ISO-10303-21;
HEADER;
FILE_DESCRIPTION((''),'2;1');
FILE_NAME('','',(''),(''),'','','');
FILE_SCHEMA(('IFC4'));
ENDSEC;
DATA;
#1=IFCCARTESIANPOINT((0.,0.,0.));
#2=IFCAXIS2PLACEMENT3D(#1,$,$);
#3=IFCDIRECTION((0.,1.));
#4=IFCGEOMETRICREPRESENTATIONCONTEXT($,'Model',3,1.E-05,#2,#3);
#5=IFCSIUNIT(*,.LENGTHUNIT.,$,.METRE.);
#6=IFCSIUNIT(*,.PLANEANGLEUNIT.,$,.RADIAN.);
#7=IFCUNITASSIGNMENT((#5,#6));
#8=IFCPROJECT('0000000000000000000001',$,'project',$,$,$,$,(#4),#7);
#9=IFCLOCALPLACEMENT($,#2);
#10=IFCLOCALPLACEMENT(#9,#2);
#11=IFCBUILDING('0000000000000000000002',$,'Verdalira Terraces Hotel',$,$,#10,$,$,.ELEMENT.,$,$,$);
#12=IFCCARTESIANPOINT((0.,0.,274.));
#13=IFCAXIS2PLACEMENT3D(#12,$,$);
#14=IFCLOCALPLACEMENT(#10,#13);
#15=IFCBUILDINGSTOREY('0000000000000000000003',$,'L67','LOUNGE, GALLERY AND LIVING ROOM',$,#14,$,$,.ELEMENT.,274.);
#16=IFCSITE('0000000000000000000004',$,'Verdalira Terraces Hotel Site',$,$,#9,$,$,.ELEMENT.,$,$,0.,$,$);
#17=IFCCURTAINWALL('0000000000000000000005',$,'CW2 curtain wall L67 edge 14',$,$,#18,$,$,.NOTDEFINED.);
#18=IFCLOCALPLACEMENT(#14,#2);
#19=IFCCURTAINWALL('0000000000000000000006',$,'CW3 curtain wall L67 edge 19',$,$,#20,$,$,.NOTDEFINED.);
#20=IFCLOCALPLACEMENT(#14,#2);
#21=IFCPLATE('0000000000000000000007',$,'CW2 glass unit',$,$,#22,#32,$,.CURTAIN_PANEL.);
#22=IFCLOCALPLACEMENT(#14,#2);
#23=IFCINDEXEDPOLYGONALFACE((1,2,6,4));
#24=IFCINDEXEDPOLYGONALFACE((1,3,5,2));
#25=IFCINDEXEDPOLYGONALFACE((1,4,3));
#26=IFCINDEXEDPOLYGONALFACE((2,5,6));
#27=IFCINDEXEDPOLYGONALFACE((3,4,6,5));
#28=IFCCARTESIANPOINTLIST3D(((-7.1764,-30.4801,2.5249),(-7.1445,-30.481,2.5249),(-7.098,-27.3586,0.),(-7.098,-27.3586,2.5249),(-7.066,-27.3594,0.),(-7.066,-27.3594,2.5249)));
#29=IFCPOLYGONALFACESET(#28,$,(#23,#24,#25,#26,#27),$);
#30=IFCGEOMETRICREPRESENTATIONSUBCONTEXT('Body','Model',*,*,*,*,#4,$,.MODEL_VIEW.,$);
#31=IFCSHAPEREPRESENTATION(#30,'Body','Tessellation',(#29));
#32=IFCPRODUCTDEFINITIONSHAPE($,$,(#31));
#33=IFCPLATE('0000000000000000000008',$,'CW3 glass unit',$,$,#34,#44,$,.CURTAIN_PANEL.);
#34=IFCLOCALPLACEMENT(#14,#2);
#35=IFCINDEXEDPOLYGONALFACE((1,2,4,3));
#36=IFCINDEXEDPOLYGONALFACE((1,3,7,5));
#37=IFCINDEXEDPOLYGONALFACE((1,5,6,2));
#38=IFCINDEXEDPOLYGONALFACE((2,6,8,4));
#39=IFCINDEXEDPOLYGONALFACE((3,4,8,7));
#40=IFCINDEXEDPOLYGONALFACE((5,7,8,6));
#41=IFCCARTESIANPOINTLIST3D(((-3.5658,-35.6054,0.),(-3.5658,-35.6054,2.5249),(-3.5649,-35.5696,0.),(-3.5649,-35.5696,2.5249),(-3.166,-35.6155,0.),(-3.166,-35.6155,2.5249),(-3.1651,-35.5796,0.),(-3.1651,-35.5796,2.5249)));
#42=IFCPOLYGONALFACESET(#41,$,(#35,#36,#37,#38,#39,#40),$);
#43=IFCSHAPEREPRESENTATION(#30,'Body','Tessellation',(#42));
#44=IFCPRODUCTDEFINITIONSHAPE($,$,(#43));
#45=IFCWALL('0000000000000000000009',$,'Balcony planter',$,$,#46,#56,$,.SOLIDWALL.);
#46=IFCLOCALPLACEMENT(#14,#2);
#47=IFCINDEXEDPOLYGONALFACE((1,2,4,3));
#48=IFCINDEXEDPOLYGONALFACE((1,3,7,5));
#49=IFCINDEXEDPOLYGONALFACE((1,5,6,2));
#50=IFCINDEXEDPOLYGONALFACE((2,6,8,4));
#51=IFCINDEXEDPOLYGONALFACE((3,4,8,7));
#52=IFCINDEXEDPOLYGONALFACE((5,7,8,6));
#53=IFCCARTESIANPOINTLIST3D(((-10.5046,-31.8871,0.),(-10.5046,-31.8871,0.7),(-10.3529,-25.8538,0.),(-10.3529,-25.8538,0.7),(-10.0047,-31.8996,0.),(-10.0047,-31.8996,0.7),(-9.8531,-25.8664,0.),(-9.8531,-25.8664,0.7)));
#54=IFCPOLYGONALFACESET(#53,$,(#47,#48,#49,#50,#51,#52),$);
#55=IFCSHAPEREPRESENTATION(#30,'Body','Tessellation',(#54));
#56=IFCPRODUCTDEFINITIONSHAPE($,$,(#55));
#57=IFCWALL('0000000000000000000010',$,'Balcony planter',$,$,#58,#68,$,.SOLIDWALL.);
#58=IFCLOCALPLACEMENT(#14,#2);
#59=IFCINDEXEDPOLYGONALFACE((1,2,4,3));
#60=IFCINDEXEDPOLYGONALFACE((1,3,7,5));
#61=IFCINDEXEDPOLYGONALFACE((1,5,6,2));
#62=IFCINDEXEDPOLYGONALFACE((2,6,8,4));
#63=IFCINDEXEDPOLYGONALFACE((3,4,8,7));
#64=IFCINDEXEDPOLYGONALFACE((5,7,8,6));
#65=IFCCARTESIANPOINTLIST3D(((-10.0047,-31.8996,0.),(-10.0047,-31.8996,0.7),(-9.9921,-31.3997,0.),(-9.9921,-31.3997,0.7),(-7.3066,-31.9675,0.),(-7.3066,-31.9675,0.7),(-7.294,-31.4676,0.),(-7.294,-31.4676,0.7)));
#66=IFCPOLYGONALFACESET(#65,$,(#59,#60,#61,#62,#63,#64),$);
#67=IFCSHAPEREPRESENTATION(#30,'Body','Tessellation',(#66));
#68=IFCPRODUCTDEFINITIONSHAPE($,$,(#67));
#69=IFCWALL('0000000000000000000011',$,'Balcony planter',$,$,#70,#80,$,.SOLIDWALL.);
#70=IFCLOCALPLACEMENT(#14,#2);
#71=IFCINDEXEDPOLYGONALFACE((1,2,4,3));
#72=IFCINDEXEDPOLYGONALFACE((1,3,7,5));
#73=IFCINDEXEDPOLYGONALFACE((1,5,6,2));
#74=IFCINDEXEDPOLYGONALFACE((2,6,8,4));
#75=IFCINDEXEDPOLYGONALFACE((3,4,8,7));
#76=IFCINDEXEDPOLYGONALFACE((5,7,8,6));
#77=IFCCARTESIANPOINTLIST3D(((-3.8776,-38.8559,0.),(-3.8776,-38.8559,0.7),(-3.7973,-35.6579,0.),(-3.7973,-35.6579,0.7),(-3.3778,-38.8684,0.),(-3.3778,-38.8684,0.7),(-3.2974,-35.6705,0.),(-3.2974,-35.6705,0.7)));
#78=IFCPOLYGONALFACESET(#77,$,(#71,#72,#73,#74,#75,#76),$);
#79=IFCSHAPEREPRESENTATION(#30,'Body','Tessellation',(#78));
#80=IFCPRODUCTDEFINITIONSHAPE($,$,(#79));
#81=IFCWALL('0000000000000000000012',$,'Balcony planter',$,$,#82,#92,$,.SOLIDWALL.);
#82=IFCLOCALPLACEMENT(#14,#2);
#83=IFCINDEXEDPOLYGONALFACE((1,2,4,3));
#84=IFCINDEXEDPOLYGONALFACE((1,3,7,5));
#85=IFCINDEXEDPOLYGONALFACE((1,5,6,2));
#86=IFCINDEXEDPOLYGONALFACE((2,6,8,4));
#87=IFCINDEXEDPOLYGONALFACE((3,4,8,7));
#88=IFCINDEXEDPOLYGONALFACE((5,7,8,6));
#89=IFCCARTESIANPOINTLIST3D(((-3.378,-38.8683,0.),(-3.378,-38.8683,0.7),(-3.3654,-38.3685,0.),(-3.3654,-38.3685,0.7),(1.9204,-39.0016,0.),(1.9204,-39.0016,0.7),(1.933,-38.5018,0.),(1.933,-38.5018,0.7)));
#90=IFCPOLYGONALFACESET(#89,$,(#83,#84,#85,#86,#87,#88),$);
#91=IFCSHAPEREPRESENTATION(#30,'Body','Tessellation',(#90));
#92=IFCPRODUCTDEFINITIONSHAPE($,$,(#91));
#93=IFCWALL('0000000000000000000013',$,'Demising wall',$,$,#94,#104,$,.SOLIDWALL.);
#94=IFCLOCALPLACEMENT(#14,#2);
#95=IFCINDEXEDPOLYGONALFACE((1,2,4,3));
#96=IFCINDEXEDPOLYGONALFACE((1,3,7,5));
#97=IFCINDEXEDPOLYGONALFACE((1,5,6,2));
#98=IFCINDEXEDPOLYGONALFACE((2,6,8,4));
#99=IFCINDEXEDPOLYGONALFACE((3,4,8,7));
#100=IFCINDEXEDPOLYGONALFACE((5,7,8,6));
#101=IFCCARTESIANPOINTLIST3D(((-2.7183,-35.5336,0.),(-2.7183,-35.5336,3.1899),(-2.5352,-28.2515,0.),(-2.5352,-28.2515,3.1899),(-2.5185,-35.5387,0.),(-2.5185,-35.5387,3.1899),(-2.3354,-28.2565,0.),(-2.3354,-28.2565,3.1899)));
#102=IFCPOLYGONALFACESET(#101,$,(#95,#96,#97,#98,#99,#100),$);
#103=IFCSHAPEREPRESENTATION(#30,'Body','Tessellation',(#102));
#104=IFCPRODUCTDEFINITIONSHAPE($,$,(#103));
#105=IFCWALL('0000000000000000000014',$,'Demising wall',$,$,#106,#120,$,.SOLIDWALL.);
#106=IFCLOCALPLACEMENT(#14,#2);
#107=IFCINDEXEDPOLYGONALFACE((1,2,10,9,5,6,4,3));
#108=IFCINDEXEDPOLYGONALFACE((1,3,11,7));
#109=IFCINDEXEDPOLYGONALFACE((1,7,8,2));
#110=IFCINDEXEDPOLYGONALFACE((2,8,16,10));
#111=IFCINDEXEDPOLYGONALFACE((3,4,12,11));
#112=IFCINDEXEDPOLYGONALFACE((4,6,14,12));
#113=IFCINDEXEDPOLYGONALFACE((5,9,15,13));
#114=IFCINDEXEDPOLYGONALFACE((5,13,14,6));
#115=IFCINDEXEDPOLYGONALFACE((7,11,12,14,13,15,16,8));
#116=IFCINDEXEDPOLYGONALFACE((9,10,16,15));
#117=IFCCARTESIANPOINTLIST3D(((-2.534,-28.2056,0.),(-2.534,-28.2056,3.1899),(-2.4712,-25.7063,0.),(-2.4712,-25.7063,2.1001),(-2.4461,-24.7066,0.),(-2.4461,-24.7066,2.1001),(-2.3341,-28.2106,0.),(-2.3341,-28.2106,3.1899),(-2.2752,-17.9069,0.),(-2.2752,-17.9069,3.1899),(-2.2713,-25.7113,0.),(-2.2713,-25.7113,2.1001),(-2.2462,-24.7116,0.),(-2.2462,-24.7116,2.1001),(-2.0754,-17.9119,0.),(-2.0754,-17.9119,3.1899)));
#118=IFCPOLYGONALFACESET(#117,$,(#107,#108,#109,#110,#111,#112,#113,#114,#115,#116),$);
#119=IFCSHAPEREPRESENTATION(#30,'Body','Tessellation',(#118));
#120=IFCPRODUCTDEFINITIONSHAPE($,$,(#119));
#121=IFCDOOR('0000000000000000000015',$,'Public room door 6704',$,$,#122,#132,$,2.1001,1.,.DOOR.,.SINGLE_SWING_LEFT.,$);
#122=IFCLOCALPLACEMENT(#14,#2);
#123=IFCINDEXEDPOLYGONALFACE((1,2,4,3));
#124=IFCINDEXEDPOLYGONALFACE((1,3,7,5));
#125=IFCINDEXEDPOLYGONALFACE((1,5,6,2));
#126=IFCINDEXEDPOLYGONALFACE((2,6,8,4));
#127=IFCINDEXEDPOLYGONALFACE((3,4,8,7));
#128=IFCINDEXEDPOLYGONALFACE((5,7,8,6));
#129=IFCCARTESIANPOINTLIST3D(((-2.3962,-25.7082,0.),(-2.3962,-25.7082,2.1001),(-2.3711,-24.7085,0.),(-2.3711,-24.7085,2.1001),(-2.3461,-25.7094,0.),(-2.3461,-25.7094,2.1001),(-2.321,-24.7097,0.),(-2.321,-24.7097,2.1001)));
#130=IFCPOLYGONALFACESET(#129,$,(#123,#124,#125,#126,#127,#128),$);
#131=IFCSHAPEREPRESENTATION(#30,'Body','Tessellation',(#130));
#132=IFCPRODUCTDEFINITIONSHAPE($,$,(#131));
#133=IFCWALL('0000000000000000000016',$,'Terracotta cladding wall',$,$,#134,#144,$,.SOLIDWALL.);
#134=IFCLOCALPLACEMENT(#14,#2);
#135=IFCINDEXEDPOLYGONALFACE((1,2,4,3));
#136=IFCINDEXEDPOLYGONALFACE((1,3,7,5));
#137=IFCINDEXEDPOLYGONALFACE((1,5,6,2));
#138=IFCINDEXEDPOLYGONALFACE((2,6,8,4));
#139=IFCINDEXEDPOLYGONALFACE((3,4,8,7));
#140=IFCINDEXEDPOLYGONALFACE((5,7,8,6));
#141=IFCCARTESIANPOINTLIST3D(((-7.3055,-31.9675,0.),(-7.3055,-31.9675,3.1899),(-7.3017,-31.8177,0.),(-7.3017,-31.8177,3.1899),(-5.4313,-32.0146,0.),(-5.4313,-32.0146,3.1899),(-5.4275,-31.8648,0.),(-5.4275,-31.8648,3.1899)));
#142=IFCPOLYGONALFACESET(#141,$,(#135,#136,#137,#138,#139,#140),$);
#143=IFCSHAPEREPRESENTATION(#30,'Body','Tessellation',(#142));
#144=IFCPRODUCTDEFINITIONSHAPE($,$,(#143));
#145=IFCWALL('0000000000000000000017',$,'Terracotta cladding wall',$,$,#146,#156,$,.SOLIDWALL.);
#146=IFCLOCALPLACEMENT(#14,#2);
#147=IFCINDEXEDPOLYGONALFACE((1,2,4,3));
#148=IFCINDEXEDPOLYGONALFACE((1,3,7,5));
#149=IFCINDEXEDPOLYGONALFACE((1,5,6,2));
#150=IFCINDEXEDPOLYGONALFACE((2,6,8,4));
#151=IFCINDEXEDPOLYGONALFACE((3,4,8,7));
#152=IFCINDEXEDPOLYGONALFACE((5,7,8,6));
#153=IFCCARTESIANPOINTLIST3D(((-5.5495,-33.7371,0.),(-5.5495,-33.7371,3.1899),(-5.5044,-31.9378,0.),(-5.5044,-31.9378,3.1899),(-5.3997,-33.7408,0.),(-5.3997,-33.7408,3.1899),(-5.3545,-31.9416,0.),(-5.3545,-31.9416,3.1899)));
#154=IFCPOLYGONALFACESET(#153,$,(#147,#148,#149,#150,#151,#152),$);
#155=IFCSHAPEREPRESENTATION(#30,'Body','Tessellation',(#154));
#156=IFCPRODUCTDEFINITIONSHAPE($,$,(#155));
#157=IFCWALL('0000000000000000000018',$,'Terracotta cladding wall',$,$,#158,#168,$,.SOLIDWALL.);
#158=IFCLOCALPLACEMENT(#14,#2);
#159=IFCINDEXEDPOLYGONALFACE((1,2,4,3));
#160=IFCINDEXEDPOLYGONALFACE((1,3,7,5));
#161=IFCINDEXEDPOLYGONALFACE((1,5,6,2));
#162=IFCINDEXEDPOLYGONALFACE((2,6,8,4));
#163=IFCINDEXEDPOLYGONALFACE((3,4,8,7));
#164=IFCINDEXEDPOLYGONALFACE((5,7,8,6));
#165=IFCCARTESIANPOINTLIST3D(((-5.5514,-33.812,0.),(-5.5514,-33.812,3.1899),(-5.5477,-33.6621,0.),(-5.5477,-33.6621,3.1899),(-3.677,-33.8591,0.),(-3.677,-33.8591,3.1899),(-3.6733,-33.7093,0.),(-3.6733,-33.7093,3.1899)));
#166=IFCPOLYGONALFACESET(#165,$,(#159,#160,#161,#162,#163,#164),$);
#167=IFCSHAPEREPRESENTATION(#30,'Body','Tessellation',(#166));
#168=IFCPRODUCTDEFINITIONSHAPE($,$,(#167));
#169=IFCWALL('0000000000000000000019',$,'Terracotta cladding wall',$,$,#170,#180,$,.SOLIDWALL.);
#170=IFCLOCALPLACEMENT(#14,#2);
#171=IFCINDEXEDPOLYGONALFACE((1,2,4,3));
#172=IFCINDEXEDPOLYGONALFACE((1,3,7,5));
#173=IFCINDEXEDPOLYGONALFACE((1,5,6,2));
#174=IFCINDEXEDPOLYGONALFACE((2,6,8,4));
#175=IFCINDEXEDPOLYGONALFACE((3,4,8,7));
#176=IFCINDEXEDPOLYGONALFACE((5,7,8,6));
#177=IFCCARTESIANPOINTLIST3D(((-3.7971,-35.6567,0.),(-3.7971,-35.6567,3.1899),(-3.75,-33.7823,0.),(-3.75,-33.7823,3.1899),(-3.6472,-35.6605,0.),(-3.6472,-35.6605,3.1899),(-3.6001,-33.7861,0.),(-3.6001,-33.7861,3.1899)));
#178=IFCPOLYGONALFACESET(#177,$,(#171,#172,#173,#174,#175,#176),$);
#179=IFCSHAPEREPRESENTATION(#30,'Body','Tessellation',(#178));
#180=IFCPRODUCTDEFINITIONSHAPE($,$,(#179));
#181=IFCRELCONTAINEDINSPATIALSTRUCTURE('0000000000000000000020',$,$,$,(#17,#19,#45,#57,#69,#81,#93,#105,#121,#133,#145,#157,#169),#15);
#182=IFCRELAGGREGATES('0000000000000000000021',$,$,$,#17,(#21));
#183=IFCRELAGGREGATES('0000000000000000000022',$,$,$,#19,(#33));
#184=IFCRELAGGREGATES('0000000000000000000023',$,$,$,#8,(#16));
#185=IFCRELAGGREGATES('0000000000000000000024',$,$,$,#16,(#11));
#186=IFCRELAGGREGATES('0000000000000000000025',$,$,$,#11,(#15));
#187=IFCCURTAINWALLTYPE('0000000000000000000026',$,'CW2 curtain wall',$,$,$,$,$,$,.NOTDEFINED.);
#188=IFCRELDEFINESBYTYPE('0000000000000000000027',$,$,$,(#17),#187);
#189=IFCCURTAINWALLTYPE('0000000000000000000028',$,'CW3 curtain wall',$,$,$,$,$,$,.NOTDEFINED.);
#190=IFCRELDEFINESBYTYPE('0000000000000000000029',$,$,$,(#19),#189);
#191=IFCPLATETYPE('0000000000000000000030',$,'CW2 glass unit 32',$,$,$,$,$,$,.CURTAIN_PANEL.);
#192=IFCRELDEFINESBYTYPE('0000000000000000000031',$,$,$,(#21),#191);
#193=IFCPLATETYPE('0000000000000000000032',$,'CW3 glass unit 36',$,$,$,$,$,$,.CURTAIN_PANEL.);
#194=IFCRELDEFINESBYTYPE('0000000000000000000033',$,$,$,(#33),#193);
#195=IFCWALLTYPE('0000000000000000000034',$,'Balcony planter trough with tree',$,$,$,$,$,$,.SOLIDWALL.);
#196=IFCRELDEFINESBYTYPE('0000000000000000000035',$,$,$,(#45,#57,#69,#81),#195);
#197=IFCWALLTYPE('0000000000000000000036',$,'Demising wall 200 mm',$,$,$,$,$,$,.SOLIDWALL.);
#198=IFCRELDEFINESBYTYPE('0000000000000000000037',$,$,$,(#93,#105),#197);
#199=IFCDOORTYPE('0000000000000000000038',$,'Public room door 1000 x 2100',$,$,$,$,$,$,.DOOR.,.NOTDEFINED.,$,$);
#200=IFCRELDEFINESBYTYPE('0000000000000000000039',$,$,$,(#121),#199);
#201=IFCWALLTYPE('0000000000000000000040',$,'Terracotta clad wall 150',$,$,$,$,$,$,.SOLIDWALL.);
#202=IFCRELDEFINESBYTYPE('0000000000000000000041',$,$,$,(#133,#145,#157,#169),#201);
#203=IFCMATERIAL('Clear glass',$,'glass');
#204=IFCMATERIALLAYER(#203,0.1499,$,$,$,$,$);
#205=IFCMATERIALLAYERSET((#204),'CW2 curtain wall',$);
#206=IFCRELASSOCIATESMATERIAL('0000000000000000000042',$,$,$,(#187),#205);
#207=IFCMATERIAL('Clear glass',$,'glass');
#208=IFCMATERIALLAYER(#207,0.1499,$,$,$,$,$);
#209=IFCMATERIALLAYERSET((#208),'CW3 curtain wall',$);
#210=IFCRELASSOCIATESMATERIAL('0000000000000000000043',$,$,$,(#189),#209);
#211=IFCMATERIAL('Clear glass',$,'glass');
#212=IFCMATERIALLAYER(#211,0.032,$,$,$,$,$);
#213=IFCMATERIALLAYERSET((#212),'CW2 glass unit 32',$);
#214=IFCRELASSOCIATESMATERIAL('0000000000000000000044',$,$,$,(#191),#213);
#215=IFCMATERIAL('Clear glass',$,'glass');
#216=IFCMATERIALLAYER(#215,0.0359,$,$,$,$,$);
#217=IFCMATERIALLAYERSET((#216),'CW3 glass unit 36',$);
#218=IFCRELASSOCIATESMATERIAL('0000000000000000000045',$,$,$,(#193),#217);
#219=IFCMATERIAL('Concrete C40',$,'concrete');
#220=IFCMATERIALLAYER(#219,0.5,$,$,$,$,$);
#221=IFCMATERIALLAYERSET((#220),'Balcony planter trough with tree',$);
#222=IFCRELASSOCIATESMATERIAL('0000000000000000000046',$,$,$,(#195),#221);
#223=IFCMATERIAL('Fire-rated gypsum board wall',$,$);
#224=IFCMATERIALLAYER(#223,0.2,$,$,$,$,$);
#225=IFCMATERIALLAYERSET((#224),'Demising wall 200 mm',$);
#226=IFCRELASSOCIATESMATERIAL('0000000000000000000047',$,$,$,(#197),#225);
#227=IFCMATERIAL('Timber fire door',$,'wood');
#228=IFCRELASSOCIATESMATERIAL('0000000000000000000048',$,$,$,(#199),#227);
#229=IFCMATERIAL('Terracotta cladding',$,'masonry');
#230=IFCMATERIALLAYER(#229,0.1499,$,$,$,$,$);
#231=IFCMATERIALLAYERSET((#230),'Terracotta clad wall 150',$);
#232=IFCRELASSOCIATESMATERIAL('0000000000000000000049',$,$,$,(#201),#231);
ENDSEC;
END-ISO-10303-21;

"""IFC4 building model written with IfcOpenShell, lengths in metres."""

from ifc_helpers import new_model, si_unit, direction, frame, frame_2d, origin, origin_2d, place, context, subcontext, project, spatial, polyline, rectangle, outline, extrude, material, layer, layer_set, type_object, element, fill, aggregate, save


model = new_model("IFC4")

# Units and contexts
model_context = context("Model", 3, precision=1e-05, world=origin(), true_north=direction((0.0, 1.0)))
body_context = subcontext(model_context, "Body", "Model", "MODEL_VIEW")
ifc_project = project(units=[si_unit("LENGTHUNIT", "METRE"), si_unit("PLANEANGLEUNIT", "RADIAN")], contexts=[model_context])

# Site, building, storey
site_placement = place(None, origin())
site = spatial("IfcSite", under=ifc_project, at=site_placement, Name="Verdalira Terraces Hotel Site", CompositionType="ELEMENT", RefElevation=0.0)
building_placement = place(site_placement, origin())
building = spatial("IfcBuilding", under=site, at=building_placement, Name="Verdalira Terraces Hotel", CompositionType="ELEMENT")
storey_placement = place(building_placement, frame((0.0, 0.0, 274.0)))
storey = spatial("IfcBuildingStorey", under=building, at=storey_placement, Name="L67", Description="LOUNGE, GALLERY AND LIVING ROOM", CompositionType="ELEMENT", Elevation=274.0)

# Curtain wall
ifc_material_1 = material(Name="Clear glass", Category="glass")
ifc_layer_1 = layer(ifc_material_1, 0.1499)
ifc_layer_set_1 = layer_set([ifc_layer_1], Name="CW2 curtain wall")
curtain_wall_type_1 = type_object("IfcCurtainWallType", Name="CW2 curtain wall", PredefinedType="NOTDEFINED", material=ifc_layer_set_1)
curtain_wall_1_placement = place(storey_placement, origin())
curtain_wall_1 = element("IfcCurtainWall", 1, at=curtain_wall_1_placement, inside=storey, type_object=curtain_wall_type_1, Name="CW2 curtain wall L67 edge 14", PredefinedType="NOTDEFINED")

# Curtain wall
ifc_material_2 = material(Name="Clear glass", Category="glass")
ifc_layer_2 = layer(ifc_material_2, 0.1499)
ifc_layer_set_2 = layer_set([ifc_layer_2], Name="CW3 curtain wall")
curtain_wall_type_2 = type_object("IfcCurtainWallType", Name="CW3 curtain wall", PredefinedType="NOTDEFINED", material=ifc_layer_set_2)
curtain_wall_2_placement = place(storey_placement, origin())
curtain_wall_2 = element("IfcCurtainWall", 2, at=curtain_wall_2_placement, inside=storey, type_object=curtain_wall_type_2, Name="CW3 curtain wall L67 edge 19", PredefinedType="NOTDEFINED")

# Plates
ifc_material_3 = material(Name="Clear glass", Category="glass")
ifc_layer_3 = layer(ifc_material_3, 0.032)
ifc_layer_set_3 = layer_set([ifc_layer_3], Name="CW2 glass unit 32")
plate_type_1 = type_object("IfcPlateType", Name="CW2 glass unit 32", PredefinedType="CURTAIN_PANEL", material=ifc_layer_set_3)
plate_1_placement = place(storey_placement, frame((-7.1052, -28.9202, 1.2625), z_axis=(-0.999684, 0.02513, 0.0), x_axis=(-0.02513, -0.999684, 0.0)))
plate_1 = element("IfcPlate", 3, at=plate_1_placement, type_object=plate_type_1, Name="CW2 glass unit", PredefinedType="CURTAIN_PANEL", context=body_context, shape_type="SweptSolid", body=[
    extrude(outline(polyline([(-1.5613, -1.2625), (1.5613, 1.2625), (-1.5613, 1.2625), (-1.5613, -1.2625)])), origin(), (0.0, 0.0, 1.0), 0.032),
])
aggregate(curtain_wall_1, [plate_1])
ifc_material_4 = material(Name="Clear glass", Category="glass")
ifc_layer_4 = layer(ifc_material_4, 0.0359)
ifc_layer_set_4 = layer_set([ifc_layer_4], Name="CW3 glass unit 36")
plate_type_2 = type_object("IfcPlateType", Name="CW3 glass unit 36", PredefinedType="CURTAIN_PANEL", material=ifc_layer_set_4)
plate_2_placement = place(storey_placement, frame((-3.3655, -35.5925, 0.0), z_axis=(0.0, 0.0, 1.0), x_axis=(0.999684, -0.02513, 0.0)))
plate_2 = element("IfcPlate", 4, at=plate_2_placement, type_object=plate_type_2, Name="CW3 glass unit", PredefinedType="CURTAIN_PANEL", context=body_context, shape_type="SweptSolid", body=[
    extrude(rectangle(XDim=0.3999, YDim=0.0359, at=origin_2d()), origin(), (0.0, 0.0, 1.0), 2.5249),
])
aggregate(curtain_wall_2, [plate_2])

# Walls
ifc_material_5 = material(Name="Concrete C40", Category="concrete")
ifc_layer_5 = layer(ifc_material_5, 0.5)
ifc_layer_set_5 = layer_set([ifc_layer_5], Name="Balcony planter trough with tree")
wall_type_1 = type_object("IfcWallType", Name="Balcony planter trough with tree", PredefinedType="SOLIDWALL", material=ifc_layer_set_5)
wall_1_placement = place(storey_placement, frame((-10.103, -25.8601, 0.0), z_axis=(0.0, 0.0, 1.0), x_axis=(-0.025122, -0.999684, 0.0)))
element("IfcWall", 5, at=wall_1_placement, inside=storey, type_object=wall_type_1, Name="Balcony planter", PredefinedType="SOLIDWALL", context=body_context, shape_type="SweptSolid", body=[
    extrude(rectangle(XDim=6.0352, YDim=0.5, at=frame_2d((3.0176, 0.0))), origin(), (0.0, 0.0, 1.0), 0.7),
])
wall_2_placement = place(storey_placement, frame((-9.9985, -31.6497, 0.0), z_axis=(0.0, 0.0, 1.0), x_axis=(0.999684, -0.025146, 0.0)))
element("IfcWall", 6, at=wall_2_placement, inside=storey, type_object=wall_type_1, Name="Balcony planter", PredefinedType="SOLIDWALL", context=body_context, shape_type="SweptSolid", body=[
    extrude(rectangle(XDim=2.699, YDim=0.5, at=frame_2d((1.3496, 0.0))), origin(), (0.0, 0.0, 1.0), 0.7),
])
wall_3_placement = place(storey_placement, frame((-3.5474, -35.6641, 0.0), z_axis=(0.0, 0.0, 1.0), x_axis=(-0.025109, -0.999685, 0.0)))
element("IfcWall", 7, at=wall_3_placement, inside=storey, type_object=wall_type_1, Name="Balcony planter", PredefinedType="SOLIDWALL", context=body_context, shape_type="SweptSolid", body=[
    extrude(rectangle(XDim=3.199, YDim=0.5, at=frame_2d((1.5996, 0.0))), origin(), (0.0, 0.0, 1.0), 0.7),
])
wall_4_placement = place(storey_placement, frame((-3.3716, -38.6184, 0.0), z_axis=(0.0, 0.0, 1.0), x_axis=(0.999684, -0.025151, 0.0)))
element("IfcWall", 8, at=wall_4_placement, inside=storey, type_object=wall_type_1, Name="Balcony planter", PredefinedType="SOLIDWALL", context=body_context, shape_type="SweptSolid", body=[
    extrude(rectangle(XDim=5.3, YDim=0.5, at=frame_2d((2.6499, 0.0))), origin(), (0.0, 0.0, 1.0), 0.7),
])
ifc_material_6 = material(Name="Fire-rated gypsum board wall")
ifc_layer_6 = layer(ifc_material_6, 0.2)
ifc_layer_set_6 = layer_set([ifc_layer_6], Name="Demising wall 200 mm")
wall_type_2 = type_object("IfcWallType", Name="Demising wall 200 mm", PredefinedType="SOLIDWALL", material=ifc_layer_set_6)
wall_5_placement = place(storey_placement, frame((-2.4353, -28.2541, 0.0), z_axis=(0.0, 0.0, 1.0), x_axis=(-0.025136, -0.999684, 0.0)))
element("IfcWall", 9, at=wall_5_placement, inside=storey, type_object=wall_type_2, Name="Demising wall", PredefinedType="SOLIDWALL", context=body_context, shape_type="SweptSolid", body=[
    extrude(rectangle(XDim=7.2844, YDim=0.2, at=frame_2d((3.6421, 0.0))), origin(), (0.0, 0.0, 1.0), 3.1899),
])

# Wall, opening, door
wall_6_placement = place(storey_placement, frame((-2.4341, -28.208, 0.0), z_axis=(0.0, 0.0, 1.0), x_axis=(0.02512, 0.999684, 0.0)))
wall_6 = element("IfcWall", 10, at=wall_6_placement, inside=storey, type_object=wall_type_2, Name="Demising wall", PredefinedType="SOLIDWALL", context=body_context, shape_type="SweptSolid", body=[
    extrude(rectangle(XDim=10.302, YDim=0.2, at=frame_2d((5.1509, 0.0))), origin(), (0.0, 0.0, 1.0), 3.1899),
])
opening_1_placement = place(wall_6_placement, frame((2.5, 0.0, 0.0)))
opening_1 = element("IfcOpeningElement", 11, at=opening_1_placement, cuts=wall_6, PredefinedType="OPENING", context=body_context, shape_type="SweptSolid", body=[
    extrude(rectangle(XDim=1.0, YDim=2.1001, at=frame_2d((0.5, 1.05))), frame((0.0, 0.1099, 0.0), z_axis=(0.0, -1.0, 0.0), x_axis=(1.0, 0.0, 0.0)), (0.0, 0.0, 1.0), 0.22),
])
ifc_material_7 = material(Name="Timber fire door", Category="wood")
door_type_1 = type_object("IfcDoorType", Name="Public room door 1000 x 2100", OperationType="NOTDEFINED", PredefinedType="DOOR", material=ifc_material_7)
door_1_placement = place(opening_1_placement, origin())
door_1 = element("IfcDoor", 12, at=door_1_placement, inside=storey, type_object=door_type_1, Name="Public room door 6704", OperationType="SINGLE_SWING_LEFT", OverallHeight=2.1001, OverallWidth=1.0, PredefinedType="DOOR", context=body_context, shape_type="SweptSolid", body=[
    extrude(rectangle(XDim=1.0, YDim=2.1001, at=frame_2d((0.5, 1.05))), frame((0.0, 0.0249, 0.0), z_axis=(0.0, -1.0, 0.0), x_axis=(1.0, 0.0, 0.0)), (0.0, 0.0, 1.0), 0.05),
])
fill(opening_1, door_1)

# Walls
ifc_material_8 = material(Name="Terracotta cladding", Category="masonry")
ifc_layer_7 = layer(ifc_material_8, 0.1499)
ifc_layer_set_7 = layer_set([ifc_layer_7], Name="Terracotta clad wall 150")
wall_type_3 = type_object("IfcWallType", Name="Terracotta clad wall 150", PredefinedType="SOLIDWALL", material=ifc_layer_set_7)
wall_7_placement = place(storey_placement, frame((-7.3037, -31.8926, 0.0), z_axis=(0.0, 0.0, 1.0), x_axis=(0.999684, -0.025132, 0.0)))
element("IfcWall", 13, at=wall_7_placement, inside=storey, type_object=wall_type_3, Name="Terracotta cladding wall", PredefinedType="SOLIDWALL", context=body_context, shape_type="SweptSolid", body=[
    extrude(rectangle(XDim=1.8748, YDim=0.1499, at=frame_2d((0.9375, 0.0))), origin(), (0.0, 0.0, 1.0), 3.1899),
])
wall_8_placement = place(storey_placement, frame((-5.4294, -31.9397, 0.0), z_axis=(0.0, 0.0, 1.0), x_axis=(-0.025094, -0.999685, 0.0)))
element("IfcWall", 14, at=wall_8_placement, inside=storey, type_object=wall_type_3, Name="Terracotta cladding wall", PredefinedType="SOLIDWALL", context=body_context, shape_type="SweptSolid", body=[
    extrude(rectangle(XDim=1.7998, YDim=0.1499, at=frame_2d((0.8999, 0.0))), origin(), (0.0, 0.0, 1.0), 3.1899),
])
for number, where, z_axis, x_axis, name in (
    (15, (-5.5496, -33.7371, 0.0), (0.0, 0.0, 1.0), (0.999684, -0.025129, 0.0), "Terracotta cladding wall"),
    (16, (-3.675, -33.7842, 0.0), (0.0, 0.0, 1.0), (-0.025129, -0.999684, 0.0), "Terracotta cladding wall"),
):
    element("IfcWall", number, at=place(storey_placement, frame(where, z_axis=z_axis, x_axis=x_axis)), inside=storey, type_object=wall_type_3, Name=name, PredefinedType="SOLIDWALL", context=body_context, shape_type="SweptSolid", body=[
        extrude(rectangle(XDim=1.875, YDim=0.1499, at=frame_2d((0.9375, 0.0))), origin(), (0.0, 0.0, 1.0), 3.1899),
    ])

save(model, "model.ifc")
